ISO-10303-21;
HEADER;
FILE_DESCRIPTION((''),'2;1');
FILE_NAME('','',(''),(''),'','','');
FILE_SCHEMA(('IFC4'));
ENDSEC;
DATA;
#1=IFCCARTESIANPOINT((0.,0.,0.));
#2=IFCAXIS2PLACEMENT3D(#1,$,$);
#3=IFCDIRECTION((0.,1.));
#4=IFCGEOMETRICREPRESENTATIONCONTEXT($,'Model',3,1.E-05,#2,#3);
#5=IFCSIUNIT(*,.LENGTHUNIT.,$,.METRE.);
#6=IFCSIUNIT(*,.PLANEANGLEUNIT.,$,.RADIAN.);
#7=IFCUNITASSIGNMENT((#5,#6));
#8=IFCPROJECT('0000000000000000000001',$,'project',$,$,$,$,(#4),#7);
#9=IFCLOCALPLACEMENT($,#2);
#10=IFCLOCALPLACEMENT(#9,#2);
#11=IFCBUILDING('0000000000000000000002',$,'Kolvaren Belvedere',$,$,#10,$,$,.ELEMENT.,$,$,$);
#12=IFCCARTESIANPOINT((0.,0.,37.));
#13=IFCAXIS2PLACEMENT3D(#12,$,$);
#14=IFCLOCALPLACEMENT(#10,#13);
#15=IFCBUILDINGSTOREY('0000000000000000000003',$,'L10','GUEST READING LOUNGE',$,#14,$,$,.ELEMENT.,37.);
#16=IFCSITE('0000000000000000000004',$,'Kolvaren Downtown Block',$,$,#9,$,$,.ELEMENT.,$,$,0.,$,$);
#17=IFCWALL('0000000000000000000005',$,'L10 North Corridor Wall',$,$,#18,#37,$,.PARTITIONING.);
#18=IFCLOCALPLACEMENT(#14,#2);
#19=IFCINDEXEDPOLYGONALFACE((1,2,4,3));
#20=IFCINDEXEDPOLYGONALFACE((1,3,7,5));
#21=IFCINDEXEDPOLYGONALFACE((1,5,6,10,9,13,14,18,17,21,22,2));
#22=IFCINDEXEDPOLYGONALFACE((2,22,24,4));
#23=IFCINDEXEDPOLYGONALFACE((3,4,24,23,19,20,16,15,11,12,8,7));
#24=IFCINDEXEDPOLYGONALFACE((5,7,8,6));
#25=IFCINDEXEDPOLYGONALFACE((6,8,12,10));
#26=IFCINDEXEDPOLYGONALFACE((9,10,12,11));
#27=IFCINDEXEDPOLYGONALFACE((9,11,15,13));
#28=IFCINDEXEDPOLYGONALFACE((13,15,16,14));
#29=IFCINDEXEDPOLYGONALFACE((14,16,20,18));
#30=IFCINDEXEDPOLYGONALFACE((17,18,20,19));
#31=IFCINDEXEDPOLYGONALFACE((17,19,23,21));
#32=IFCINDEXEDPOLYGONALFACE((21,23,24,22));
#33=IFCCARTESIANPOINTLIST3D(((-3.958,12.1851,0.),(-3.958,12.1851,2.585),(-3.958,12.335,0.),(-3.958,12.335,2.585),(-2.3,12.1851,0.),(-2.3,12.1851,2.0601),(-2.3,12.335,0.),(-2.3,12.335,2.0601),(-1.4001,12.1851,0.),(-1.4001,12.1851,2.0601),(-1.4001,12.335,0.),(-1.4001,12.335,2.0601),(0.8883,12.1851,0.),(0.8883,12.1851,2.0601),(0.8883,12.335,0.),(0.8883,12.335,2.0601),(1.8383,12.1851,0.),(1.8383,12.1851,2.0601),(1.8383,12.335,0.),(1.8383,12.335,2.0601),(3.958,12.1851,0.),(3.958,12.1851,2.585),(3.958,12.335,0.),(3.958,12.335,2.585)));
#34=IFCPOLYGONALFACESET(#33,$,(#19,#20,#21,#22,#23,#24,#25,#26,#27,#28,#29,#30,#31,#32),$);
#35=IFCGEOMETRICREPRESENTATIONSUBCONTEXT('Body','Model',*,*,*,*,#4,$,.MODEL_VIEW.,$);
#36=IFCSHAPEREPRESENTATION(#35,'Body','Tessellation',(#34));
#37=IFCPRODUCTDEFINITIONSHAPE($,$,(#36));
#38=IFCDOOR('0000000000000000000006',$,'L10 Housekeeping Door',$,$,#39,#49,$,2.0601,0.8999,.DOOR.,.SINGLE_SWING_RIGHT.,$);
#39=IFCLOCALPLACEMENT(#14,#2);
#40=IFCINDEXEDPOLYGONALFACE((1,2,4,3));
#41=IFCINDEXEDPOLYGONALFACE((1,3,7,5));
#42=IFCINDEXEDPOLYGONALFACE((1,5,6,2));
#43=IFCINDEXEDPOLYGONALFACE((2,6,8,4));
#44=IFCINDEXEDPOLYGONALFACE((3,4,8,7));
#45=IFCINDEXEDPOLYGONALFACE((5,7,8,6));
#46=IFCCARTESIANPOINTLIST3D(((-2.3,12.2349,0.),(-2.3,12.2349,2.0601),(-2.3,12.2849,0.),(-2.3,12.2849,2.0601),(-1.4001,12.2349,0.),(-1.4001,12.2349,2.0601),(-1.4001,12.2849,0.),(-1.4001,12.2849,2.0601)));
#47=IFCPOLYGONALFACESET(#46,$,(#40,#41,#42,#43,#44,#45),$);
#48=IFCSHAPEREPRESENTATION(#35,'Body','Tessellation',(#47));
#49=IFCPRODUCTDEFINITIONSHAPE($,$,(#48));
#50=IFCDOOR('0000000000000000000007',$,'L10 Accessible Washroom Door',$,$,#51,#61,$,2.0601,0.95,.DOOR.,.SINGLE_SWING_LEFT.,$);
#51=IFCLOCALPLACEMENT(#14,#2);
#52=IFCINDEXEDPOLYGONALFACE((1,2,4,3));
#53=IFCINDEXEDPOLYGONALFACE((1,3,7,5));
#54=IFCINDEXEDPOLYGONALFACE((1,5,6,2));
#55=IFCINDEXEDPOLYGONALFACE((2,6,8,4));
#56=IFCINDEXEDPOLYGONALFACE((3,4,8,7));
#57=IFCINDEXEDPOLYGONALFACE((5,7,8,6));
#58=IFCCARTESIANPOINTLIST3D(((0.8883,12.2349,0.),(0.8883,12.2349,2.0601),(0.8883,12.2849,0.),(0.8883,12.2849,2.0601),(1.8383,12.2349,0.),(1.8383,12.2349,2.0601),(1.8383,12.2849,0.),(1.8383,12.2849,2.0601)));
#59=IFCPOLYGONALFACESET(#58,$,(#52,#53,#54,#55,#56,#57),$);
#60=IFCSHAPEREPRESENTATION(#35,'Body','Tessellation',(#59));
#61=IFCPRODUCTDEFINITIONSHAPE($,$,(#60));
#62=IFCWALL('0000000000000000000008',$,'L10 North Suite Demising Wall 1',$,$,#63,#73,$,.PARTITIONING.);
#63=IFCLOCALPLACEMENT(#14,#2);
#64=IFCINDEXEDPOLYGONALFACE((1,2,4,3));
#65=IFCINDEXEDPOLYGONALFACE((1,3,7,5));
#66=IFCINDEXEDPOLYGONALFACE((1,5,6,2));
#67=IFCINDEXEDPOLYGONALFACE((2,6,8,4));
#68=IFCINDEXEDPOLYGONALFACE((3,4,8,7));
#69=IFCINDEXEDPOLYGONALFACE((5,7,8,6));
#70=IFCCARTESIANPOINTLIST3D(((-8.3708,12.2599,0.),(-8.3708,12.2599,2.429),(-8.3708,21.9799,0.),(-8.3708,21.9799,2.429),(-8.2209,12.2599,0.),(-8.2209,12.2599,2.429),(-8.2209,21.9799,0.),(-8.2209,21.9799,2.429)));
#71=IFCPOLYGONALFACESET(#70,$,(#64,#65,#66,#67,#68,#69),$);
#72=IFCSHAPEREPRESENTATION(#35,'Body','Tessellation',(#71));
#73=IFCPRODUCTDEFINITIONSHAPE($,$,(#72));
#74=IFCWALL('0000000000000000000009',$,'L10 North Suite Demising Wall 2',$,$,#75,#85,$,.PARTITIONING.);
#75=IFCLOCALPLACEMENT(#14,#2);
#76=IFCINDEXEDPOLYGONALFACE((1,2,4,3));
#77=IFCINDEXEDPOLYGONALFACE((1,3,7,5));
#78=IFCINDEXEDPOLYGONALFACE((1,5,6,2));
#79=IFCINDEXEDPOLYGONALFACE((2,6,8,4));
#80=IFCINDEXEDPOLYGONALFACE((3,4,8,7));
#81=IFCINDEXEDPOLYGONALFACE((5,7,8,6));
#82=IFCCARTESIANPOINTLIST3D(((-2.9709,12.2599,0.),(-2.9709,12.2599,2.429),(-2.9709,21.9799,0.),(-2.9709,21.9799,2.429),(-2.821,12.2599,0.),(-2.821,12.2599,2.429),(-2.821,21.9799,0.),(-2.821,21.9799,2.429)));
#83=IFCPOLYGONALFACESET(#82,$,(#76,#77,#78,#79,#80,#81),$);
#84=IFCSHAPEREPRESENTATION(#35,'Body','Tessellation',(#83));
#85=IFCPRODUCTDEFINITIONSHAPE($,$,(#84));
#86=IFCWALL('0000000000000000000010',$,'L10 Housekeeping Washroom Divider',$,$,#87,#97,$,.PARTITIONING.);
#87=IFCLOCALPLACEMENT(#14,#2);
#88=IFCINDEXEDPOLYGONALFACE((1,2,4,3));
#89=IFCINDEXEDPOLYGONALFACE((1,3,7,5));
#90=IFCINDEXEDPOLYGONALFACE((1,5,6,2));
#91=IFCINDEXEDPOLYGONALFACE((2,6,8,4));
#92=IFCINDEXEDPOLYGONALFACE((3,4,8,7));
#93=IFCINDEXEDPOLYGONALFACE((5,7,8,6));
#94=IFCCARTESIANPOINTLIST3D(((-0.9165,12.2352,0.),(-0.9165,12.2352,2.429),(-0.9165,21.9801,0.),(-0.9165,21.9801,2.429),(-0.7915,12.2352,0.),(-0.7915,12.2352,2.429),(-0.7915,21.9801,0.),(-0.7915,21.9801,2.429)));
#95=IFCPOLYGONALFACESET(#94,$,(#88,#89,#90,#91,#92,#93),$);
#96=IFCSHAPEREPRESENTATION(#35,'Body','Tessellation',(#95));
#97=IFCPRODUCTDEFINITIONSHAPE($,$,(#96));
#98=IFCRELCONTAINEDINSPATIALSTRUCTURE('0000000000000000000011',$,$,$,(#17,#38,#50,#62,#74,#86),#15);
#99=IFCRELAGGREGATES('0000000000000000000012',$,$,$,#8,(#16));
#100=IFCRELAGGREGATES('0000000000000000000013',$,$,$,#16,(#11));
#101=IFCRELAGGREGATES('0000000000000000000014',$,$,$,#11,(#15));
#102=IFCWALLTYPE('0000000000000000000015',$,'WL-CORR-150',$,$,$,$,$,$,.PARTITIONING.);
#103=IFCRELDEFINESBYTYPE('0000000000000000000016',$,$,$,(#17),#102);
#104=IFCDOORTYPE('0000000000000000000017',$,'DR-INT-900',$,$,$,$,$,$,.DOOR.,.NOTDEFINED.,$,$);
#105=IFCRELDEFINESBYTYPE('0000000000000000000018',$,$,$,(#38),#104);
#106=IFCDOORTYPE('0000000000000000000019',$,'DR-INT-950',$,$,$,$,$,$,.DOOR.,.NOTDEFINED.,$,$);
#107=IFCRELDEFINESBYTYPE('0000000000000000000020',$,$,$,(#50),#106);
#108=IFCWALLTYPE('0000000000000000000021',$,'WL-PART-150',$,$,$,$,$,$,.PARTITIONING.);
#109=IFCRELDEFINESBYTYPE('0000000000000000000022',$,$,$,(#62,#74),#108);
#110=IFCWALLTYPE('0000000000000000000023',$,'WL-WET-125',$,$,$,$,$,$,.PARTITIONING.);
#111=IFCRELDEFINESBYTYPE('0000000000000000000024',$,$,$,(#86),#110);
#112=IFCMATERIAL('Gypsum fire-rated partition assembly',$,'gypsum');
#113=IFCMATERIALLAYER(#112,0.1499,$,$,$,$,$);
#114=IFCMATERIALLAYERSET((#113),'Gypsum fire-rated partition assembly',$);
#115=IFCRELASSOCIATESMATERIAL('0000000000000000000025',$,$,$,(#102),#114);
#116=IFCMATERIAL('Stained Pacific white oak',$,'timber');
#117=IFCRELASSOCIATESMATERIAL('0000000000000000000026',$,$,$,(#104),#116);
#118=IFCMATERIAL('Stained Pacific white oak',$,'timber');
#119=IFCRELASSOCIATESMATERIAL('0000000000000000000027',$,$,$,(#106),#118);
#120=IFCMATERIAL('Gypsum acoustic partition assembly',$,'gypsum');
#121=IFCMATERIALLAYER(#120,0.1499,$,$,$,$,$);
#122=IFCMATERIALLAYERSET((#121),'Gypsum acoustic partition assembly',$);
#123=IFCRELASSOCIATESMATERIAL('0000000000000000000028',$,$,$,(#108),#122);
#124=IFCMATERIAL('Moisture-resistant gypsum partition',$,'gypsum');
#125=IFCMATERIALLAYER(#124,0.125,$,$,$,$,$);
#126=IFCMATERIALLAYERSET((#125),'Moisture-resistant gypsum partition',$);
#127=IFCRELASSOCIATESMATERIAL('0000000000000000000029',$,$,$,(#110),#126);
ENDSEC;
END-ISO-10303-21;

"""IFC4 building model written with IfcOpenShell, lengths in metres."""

from ifc_helpers import new_model, si_unit, direction, frame, frame_2d, origin, place, context, subcontext, project, spatial, rectangle, extrude, material, layer, layer_set, type_object, element, fill, save


model = new_model("IFC4")

# Units and contexts
model_context = context("Model", 3, precision=1e-05, world=origin(), true_north=direction((0.0, 1.0)))
body_context = subcontext(model_context, "Body", "Model", "MODEL_VIEW")
ifc_project = project(units=[si_unit("LENGTHUNIT", "METRE"), si_unit("PLANEANGLEUNIT", "RADIAN")], contexts=[model_context])

# Site, building, storey
site_placement = place(None, origin())
site = spatial("IfcSite", under=ifc_project, at=site_placement, Name="Kolvaren Downtown Block", CompositionType="ELEMENT", RefElevation=0.0)
building_placement = place(site_placement, origin())
building = spatial("IfcBuilding", under=site, at=building_placement, Name="Kolvaren Belvedere", CompositionType="ELEMENT")
storey_placement = place(building_placement, frame((0.0, 0.0, 37.0)))
storey = spatial("IfcBuildingStorey", under=building, at=storey_placement, Name="L10", Description="GUEST READING LOUNGE", CompositionType="ELEMENT", Elevation=37.0)

# Shared definitions
ifc_material_1 = material(Name="Gypsum fire-rated partition assembly", Category="gypsum")
ifc_layer_1 = layer(ifc_material_1, 0.1499)
ifc_layer_set_1 = layer_set([ifc_layer_1], Name="Gypsum fire-rated partition assembly")
wall_type_1 = type_object("IfcWallType", Name="WL-CORR-150", PredefinedType="PARTITIONING", material=ifc_layer_set_1)

# Shared definitions
ifc_material_2 = material(Name="Stained Pacific white oak", Category="timber")
door_type_1 = type_object("IfcDoorType", Name="DR-INT-900", OperationType="NOTDEFINED", PredefinedType="DOOR", material=ifc_material_2)

# Wall, openings, doors
wall_1_placement = place(storey_placement, frame((-3.958, 12.26, 0.0), z_axis=(0.0, 0.0, 1.0), x_axis=(1.0, 0.0, 0.0)))
wall_1 = element("IfcWall", 1, at=wall_1_placement, inside=storey, type_object=wall_type_1, Name="L10 North Corridor Wall", PredefinedType="PARTITIONING", context=body_context, shape_type="SweptSolid", body=[
    extrude(rectangle(XDim=7.916, YDim=0.1499, at=frame_2d((3.958, 0.0))), origin(), (0.0, 0.0, 1.0), 2.585),
])
opening_1_placement = place(wall_1_placement, frame((1.658, 0.0, 0.0)))
opening_1 = element("IfcOpeningElement", 2, at=opening_1_placement, cuts=wall_1, PredefinedType="OPENING", context=body_context, shape_type="SweptSolid", body=[
    extrude(rectangle(XDim=0.8999, YDim=2.0601, at=frame_2d((0.45, 1.03))), frame((0.0, 0.085, 0.0), z_axis=(0.0, -1.0, 0.0), x_axis=(1.0, 0.0, 0.0)), (0.0, 0.0, 1.0), 0.1699),
])
opening_2_placement = place(wall_1_placement, frame((4.8462, 0.0, 0.0)))
opening_2 = element("IfcOpeningElement", 3, at=opening_2_placement, cuts=wall_1, PredefinedType="OPENING", context=body_context, shape_type="SweptSolid", body=[
    extrude(rectangle(XDim=0.95, YDim=2.0601, at=frame_2d((0.4751, 1.03))), frame((0.0, 0.085, 0.0), z_axis=(0.0, -1.0, 0.0), x_axis=(1.0, 0.0, 0.0)), (0.0, 0.0, 1.0), 0.1699),
])
door_1_placement = place(opening_1_placement, origin())
door_1 = element("IfcDoor", 4, at=door_1_placement, inside=storey, type_object=door_type_1, Name="L10 Housekeeping Door", OperationType="SINGLE_SWING_RIGHT", OverallHeight=2.0601, OverallWidth=0.8999, PredefinedType="DOOR", context=body_context, shape_type="SweptSolid", body=[
    extrude(rectangle(XDim=0.8999, YDim=2.0601, at=frame_2d((0.45, 1.03))), frame((0.0, 0.0249, 0.0), z_axis=(0.0, -1.0, 0.0), x_axis=(1.0, 0.0, 0.0)), (0.0, 0.0, 1.0), 0.05),
])
fill(opening_1, door_1)
ifc_material_3 = material(Name="Stained Pacific white oak", Category="timber")
door_type_2 = type_object("IfcDoorType", Name="DR-INT-950", OperationType="NOTDEFINED", PredefinedType="DOOR", material=ifc_material_3)
door_2_placement = place(opening_2_placement, origin())
door_2 = element("IfcDoor", 5, at=door_2_placement, inside=storey, type_object=door_type_2, Name="L10 Accessible Washroom Door", OperationType="SINGLE_SWING_LEFT", OverallHeight=2.0601, OverallWidth=0.95, PredefinedType="DOOR", context=body_context, shape_type="SweptSolid", body=[
    extrude(rectangle(XDim=0.95, YDim=2.0601, at=frame_2d((0.4751, 1.03))), frame((0.0, 0.0249, 0.0), z_axis=(0.0, -1.0, 0.0), x_axis=(1.0, 0.0, 0.0)), (0.0, 0.0, 1.0), 0.05),
])
fill(opening_2, door_2)

# Walls
ifc_material_4 = material(Name="Gypsum acoustic partition assembly", Category="gypsum")
ifc_layer_2 = layer(ifc_material_4, 0.1499)
ifc_layer_set_2 = layer_set([ifc_layer_2], Name="Gypsum acoustic partition assembly")
wall_type_2 = type_object("IfcWallType", Name="WL-PART-150", PredefinedType="PARTITIONING", material=ifc_layer_set_2)
for number, where, z_axis, x_axis, name in (
    (6, (-8.2959, 12.26, 0.0), (0.0, 0.0, 1.0), (0.0, 1.0, 0.0), "L10 North Suite Demising Wall 1"),
    (7, (-2.896, 12.26, 0.0), (0.0, 0.0, 1.0), (0.0, 1.0, 0.0), "L10 North Suite Demising Wall 2"),
):
    element("IfcWall", number, at=place(storey_placement, frame(where, z_axis=z_axis, x_axis=x_axis)), inside=storey, type_object=wall_type_2, Name=name, PredefinedType="PARTITIONING", context=body_context, shape_type="SweptSolid", body=[
        extrude(rectangle(XDim=9.72, YDim=0.1499, at=frame_2d((4.8599, 0.0))), origin(), (0.0, 0.0, 1.0), 2.429),
    ])
ifc_material_5 = material(Name="Moisture-resistant gypsum partition", Category="gypsum")
ifc_layer_3 = layer(ifc_material_5, 0.125)
ifc_layer_set_3 = layer_set([ifc_layer_3], Name="Moisture-resistant gypsum partition")
wall_type_3 = type_object("IfcWallType", Name="WL-WET-125", PredefinedType="PARTITIONING", material=ifc_layer_set_3)
wall_2_placement = place(storey_placement, frame((-0.854, 12.2351, 0.0), z_axis=(0.0, 0.0, 1.0), x_axis=(0.0, 1.0, 0.0)))
element("IfcWall", 8, at=wall_2_placement, inside=storey, type_object=wall_type_3, Name="L10 Housekeeping Washroom Divider", PredefinedType="PARTITIONING", context=body_context, shape_type="SweptSolid", body=[
    extrude(rectangle(XDim=9.7449, YDim=0.125, at=frame_2d((4.8726, 0.0))), origin(), (0.0, 0.0, 1.0), 2.429),
])

save(model, "model.ifc")
